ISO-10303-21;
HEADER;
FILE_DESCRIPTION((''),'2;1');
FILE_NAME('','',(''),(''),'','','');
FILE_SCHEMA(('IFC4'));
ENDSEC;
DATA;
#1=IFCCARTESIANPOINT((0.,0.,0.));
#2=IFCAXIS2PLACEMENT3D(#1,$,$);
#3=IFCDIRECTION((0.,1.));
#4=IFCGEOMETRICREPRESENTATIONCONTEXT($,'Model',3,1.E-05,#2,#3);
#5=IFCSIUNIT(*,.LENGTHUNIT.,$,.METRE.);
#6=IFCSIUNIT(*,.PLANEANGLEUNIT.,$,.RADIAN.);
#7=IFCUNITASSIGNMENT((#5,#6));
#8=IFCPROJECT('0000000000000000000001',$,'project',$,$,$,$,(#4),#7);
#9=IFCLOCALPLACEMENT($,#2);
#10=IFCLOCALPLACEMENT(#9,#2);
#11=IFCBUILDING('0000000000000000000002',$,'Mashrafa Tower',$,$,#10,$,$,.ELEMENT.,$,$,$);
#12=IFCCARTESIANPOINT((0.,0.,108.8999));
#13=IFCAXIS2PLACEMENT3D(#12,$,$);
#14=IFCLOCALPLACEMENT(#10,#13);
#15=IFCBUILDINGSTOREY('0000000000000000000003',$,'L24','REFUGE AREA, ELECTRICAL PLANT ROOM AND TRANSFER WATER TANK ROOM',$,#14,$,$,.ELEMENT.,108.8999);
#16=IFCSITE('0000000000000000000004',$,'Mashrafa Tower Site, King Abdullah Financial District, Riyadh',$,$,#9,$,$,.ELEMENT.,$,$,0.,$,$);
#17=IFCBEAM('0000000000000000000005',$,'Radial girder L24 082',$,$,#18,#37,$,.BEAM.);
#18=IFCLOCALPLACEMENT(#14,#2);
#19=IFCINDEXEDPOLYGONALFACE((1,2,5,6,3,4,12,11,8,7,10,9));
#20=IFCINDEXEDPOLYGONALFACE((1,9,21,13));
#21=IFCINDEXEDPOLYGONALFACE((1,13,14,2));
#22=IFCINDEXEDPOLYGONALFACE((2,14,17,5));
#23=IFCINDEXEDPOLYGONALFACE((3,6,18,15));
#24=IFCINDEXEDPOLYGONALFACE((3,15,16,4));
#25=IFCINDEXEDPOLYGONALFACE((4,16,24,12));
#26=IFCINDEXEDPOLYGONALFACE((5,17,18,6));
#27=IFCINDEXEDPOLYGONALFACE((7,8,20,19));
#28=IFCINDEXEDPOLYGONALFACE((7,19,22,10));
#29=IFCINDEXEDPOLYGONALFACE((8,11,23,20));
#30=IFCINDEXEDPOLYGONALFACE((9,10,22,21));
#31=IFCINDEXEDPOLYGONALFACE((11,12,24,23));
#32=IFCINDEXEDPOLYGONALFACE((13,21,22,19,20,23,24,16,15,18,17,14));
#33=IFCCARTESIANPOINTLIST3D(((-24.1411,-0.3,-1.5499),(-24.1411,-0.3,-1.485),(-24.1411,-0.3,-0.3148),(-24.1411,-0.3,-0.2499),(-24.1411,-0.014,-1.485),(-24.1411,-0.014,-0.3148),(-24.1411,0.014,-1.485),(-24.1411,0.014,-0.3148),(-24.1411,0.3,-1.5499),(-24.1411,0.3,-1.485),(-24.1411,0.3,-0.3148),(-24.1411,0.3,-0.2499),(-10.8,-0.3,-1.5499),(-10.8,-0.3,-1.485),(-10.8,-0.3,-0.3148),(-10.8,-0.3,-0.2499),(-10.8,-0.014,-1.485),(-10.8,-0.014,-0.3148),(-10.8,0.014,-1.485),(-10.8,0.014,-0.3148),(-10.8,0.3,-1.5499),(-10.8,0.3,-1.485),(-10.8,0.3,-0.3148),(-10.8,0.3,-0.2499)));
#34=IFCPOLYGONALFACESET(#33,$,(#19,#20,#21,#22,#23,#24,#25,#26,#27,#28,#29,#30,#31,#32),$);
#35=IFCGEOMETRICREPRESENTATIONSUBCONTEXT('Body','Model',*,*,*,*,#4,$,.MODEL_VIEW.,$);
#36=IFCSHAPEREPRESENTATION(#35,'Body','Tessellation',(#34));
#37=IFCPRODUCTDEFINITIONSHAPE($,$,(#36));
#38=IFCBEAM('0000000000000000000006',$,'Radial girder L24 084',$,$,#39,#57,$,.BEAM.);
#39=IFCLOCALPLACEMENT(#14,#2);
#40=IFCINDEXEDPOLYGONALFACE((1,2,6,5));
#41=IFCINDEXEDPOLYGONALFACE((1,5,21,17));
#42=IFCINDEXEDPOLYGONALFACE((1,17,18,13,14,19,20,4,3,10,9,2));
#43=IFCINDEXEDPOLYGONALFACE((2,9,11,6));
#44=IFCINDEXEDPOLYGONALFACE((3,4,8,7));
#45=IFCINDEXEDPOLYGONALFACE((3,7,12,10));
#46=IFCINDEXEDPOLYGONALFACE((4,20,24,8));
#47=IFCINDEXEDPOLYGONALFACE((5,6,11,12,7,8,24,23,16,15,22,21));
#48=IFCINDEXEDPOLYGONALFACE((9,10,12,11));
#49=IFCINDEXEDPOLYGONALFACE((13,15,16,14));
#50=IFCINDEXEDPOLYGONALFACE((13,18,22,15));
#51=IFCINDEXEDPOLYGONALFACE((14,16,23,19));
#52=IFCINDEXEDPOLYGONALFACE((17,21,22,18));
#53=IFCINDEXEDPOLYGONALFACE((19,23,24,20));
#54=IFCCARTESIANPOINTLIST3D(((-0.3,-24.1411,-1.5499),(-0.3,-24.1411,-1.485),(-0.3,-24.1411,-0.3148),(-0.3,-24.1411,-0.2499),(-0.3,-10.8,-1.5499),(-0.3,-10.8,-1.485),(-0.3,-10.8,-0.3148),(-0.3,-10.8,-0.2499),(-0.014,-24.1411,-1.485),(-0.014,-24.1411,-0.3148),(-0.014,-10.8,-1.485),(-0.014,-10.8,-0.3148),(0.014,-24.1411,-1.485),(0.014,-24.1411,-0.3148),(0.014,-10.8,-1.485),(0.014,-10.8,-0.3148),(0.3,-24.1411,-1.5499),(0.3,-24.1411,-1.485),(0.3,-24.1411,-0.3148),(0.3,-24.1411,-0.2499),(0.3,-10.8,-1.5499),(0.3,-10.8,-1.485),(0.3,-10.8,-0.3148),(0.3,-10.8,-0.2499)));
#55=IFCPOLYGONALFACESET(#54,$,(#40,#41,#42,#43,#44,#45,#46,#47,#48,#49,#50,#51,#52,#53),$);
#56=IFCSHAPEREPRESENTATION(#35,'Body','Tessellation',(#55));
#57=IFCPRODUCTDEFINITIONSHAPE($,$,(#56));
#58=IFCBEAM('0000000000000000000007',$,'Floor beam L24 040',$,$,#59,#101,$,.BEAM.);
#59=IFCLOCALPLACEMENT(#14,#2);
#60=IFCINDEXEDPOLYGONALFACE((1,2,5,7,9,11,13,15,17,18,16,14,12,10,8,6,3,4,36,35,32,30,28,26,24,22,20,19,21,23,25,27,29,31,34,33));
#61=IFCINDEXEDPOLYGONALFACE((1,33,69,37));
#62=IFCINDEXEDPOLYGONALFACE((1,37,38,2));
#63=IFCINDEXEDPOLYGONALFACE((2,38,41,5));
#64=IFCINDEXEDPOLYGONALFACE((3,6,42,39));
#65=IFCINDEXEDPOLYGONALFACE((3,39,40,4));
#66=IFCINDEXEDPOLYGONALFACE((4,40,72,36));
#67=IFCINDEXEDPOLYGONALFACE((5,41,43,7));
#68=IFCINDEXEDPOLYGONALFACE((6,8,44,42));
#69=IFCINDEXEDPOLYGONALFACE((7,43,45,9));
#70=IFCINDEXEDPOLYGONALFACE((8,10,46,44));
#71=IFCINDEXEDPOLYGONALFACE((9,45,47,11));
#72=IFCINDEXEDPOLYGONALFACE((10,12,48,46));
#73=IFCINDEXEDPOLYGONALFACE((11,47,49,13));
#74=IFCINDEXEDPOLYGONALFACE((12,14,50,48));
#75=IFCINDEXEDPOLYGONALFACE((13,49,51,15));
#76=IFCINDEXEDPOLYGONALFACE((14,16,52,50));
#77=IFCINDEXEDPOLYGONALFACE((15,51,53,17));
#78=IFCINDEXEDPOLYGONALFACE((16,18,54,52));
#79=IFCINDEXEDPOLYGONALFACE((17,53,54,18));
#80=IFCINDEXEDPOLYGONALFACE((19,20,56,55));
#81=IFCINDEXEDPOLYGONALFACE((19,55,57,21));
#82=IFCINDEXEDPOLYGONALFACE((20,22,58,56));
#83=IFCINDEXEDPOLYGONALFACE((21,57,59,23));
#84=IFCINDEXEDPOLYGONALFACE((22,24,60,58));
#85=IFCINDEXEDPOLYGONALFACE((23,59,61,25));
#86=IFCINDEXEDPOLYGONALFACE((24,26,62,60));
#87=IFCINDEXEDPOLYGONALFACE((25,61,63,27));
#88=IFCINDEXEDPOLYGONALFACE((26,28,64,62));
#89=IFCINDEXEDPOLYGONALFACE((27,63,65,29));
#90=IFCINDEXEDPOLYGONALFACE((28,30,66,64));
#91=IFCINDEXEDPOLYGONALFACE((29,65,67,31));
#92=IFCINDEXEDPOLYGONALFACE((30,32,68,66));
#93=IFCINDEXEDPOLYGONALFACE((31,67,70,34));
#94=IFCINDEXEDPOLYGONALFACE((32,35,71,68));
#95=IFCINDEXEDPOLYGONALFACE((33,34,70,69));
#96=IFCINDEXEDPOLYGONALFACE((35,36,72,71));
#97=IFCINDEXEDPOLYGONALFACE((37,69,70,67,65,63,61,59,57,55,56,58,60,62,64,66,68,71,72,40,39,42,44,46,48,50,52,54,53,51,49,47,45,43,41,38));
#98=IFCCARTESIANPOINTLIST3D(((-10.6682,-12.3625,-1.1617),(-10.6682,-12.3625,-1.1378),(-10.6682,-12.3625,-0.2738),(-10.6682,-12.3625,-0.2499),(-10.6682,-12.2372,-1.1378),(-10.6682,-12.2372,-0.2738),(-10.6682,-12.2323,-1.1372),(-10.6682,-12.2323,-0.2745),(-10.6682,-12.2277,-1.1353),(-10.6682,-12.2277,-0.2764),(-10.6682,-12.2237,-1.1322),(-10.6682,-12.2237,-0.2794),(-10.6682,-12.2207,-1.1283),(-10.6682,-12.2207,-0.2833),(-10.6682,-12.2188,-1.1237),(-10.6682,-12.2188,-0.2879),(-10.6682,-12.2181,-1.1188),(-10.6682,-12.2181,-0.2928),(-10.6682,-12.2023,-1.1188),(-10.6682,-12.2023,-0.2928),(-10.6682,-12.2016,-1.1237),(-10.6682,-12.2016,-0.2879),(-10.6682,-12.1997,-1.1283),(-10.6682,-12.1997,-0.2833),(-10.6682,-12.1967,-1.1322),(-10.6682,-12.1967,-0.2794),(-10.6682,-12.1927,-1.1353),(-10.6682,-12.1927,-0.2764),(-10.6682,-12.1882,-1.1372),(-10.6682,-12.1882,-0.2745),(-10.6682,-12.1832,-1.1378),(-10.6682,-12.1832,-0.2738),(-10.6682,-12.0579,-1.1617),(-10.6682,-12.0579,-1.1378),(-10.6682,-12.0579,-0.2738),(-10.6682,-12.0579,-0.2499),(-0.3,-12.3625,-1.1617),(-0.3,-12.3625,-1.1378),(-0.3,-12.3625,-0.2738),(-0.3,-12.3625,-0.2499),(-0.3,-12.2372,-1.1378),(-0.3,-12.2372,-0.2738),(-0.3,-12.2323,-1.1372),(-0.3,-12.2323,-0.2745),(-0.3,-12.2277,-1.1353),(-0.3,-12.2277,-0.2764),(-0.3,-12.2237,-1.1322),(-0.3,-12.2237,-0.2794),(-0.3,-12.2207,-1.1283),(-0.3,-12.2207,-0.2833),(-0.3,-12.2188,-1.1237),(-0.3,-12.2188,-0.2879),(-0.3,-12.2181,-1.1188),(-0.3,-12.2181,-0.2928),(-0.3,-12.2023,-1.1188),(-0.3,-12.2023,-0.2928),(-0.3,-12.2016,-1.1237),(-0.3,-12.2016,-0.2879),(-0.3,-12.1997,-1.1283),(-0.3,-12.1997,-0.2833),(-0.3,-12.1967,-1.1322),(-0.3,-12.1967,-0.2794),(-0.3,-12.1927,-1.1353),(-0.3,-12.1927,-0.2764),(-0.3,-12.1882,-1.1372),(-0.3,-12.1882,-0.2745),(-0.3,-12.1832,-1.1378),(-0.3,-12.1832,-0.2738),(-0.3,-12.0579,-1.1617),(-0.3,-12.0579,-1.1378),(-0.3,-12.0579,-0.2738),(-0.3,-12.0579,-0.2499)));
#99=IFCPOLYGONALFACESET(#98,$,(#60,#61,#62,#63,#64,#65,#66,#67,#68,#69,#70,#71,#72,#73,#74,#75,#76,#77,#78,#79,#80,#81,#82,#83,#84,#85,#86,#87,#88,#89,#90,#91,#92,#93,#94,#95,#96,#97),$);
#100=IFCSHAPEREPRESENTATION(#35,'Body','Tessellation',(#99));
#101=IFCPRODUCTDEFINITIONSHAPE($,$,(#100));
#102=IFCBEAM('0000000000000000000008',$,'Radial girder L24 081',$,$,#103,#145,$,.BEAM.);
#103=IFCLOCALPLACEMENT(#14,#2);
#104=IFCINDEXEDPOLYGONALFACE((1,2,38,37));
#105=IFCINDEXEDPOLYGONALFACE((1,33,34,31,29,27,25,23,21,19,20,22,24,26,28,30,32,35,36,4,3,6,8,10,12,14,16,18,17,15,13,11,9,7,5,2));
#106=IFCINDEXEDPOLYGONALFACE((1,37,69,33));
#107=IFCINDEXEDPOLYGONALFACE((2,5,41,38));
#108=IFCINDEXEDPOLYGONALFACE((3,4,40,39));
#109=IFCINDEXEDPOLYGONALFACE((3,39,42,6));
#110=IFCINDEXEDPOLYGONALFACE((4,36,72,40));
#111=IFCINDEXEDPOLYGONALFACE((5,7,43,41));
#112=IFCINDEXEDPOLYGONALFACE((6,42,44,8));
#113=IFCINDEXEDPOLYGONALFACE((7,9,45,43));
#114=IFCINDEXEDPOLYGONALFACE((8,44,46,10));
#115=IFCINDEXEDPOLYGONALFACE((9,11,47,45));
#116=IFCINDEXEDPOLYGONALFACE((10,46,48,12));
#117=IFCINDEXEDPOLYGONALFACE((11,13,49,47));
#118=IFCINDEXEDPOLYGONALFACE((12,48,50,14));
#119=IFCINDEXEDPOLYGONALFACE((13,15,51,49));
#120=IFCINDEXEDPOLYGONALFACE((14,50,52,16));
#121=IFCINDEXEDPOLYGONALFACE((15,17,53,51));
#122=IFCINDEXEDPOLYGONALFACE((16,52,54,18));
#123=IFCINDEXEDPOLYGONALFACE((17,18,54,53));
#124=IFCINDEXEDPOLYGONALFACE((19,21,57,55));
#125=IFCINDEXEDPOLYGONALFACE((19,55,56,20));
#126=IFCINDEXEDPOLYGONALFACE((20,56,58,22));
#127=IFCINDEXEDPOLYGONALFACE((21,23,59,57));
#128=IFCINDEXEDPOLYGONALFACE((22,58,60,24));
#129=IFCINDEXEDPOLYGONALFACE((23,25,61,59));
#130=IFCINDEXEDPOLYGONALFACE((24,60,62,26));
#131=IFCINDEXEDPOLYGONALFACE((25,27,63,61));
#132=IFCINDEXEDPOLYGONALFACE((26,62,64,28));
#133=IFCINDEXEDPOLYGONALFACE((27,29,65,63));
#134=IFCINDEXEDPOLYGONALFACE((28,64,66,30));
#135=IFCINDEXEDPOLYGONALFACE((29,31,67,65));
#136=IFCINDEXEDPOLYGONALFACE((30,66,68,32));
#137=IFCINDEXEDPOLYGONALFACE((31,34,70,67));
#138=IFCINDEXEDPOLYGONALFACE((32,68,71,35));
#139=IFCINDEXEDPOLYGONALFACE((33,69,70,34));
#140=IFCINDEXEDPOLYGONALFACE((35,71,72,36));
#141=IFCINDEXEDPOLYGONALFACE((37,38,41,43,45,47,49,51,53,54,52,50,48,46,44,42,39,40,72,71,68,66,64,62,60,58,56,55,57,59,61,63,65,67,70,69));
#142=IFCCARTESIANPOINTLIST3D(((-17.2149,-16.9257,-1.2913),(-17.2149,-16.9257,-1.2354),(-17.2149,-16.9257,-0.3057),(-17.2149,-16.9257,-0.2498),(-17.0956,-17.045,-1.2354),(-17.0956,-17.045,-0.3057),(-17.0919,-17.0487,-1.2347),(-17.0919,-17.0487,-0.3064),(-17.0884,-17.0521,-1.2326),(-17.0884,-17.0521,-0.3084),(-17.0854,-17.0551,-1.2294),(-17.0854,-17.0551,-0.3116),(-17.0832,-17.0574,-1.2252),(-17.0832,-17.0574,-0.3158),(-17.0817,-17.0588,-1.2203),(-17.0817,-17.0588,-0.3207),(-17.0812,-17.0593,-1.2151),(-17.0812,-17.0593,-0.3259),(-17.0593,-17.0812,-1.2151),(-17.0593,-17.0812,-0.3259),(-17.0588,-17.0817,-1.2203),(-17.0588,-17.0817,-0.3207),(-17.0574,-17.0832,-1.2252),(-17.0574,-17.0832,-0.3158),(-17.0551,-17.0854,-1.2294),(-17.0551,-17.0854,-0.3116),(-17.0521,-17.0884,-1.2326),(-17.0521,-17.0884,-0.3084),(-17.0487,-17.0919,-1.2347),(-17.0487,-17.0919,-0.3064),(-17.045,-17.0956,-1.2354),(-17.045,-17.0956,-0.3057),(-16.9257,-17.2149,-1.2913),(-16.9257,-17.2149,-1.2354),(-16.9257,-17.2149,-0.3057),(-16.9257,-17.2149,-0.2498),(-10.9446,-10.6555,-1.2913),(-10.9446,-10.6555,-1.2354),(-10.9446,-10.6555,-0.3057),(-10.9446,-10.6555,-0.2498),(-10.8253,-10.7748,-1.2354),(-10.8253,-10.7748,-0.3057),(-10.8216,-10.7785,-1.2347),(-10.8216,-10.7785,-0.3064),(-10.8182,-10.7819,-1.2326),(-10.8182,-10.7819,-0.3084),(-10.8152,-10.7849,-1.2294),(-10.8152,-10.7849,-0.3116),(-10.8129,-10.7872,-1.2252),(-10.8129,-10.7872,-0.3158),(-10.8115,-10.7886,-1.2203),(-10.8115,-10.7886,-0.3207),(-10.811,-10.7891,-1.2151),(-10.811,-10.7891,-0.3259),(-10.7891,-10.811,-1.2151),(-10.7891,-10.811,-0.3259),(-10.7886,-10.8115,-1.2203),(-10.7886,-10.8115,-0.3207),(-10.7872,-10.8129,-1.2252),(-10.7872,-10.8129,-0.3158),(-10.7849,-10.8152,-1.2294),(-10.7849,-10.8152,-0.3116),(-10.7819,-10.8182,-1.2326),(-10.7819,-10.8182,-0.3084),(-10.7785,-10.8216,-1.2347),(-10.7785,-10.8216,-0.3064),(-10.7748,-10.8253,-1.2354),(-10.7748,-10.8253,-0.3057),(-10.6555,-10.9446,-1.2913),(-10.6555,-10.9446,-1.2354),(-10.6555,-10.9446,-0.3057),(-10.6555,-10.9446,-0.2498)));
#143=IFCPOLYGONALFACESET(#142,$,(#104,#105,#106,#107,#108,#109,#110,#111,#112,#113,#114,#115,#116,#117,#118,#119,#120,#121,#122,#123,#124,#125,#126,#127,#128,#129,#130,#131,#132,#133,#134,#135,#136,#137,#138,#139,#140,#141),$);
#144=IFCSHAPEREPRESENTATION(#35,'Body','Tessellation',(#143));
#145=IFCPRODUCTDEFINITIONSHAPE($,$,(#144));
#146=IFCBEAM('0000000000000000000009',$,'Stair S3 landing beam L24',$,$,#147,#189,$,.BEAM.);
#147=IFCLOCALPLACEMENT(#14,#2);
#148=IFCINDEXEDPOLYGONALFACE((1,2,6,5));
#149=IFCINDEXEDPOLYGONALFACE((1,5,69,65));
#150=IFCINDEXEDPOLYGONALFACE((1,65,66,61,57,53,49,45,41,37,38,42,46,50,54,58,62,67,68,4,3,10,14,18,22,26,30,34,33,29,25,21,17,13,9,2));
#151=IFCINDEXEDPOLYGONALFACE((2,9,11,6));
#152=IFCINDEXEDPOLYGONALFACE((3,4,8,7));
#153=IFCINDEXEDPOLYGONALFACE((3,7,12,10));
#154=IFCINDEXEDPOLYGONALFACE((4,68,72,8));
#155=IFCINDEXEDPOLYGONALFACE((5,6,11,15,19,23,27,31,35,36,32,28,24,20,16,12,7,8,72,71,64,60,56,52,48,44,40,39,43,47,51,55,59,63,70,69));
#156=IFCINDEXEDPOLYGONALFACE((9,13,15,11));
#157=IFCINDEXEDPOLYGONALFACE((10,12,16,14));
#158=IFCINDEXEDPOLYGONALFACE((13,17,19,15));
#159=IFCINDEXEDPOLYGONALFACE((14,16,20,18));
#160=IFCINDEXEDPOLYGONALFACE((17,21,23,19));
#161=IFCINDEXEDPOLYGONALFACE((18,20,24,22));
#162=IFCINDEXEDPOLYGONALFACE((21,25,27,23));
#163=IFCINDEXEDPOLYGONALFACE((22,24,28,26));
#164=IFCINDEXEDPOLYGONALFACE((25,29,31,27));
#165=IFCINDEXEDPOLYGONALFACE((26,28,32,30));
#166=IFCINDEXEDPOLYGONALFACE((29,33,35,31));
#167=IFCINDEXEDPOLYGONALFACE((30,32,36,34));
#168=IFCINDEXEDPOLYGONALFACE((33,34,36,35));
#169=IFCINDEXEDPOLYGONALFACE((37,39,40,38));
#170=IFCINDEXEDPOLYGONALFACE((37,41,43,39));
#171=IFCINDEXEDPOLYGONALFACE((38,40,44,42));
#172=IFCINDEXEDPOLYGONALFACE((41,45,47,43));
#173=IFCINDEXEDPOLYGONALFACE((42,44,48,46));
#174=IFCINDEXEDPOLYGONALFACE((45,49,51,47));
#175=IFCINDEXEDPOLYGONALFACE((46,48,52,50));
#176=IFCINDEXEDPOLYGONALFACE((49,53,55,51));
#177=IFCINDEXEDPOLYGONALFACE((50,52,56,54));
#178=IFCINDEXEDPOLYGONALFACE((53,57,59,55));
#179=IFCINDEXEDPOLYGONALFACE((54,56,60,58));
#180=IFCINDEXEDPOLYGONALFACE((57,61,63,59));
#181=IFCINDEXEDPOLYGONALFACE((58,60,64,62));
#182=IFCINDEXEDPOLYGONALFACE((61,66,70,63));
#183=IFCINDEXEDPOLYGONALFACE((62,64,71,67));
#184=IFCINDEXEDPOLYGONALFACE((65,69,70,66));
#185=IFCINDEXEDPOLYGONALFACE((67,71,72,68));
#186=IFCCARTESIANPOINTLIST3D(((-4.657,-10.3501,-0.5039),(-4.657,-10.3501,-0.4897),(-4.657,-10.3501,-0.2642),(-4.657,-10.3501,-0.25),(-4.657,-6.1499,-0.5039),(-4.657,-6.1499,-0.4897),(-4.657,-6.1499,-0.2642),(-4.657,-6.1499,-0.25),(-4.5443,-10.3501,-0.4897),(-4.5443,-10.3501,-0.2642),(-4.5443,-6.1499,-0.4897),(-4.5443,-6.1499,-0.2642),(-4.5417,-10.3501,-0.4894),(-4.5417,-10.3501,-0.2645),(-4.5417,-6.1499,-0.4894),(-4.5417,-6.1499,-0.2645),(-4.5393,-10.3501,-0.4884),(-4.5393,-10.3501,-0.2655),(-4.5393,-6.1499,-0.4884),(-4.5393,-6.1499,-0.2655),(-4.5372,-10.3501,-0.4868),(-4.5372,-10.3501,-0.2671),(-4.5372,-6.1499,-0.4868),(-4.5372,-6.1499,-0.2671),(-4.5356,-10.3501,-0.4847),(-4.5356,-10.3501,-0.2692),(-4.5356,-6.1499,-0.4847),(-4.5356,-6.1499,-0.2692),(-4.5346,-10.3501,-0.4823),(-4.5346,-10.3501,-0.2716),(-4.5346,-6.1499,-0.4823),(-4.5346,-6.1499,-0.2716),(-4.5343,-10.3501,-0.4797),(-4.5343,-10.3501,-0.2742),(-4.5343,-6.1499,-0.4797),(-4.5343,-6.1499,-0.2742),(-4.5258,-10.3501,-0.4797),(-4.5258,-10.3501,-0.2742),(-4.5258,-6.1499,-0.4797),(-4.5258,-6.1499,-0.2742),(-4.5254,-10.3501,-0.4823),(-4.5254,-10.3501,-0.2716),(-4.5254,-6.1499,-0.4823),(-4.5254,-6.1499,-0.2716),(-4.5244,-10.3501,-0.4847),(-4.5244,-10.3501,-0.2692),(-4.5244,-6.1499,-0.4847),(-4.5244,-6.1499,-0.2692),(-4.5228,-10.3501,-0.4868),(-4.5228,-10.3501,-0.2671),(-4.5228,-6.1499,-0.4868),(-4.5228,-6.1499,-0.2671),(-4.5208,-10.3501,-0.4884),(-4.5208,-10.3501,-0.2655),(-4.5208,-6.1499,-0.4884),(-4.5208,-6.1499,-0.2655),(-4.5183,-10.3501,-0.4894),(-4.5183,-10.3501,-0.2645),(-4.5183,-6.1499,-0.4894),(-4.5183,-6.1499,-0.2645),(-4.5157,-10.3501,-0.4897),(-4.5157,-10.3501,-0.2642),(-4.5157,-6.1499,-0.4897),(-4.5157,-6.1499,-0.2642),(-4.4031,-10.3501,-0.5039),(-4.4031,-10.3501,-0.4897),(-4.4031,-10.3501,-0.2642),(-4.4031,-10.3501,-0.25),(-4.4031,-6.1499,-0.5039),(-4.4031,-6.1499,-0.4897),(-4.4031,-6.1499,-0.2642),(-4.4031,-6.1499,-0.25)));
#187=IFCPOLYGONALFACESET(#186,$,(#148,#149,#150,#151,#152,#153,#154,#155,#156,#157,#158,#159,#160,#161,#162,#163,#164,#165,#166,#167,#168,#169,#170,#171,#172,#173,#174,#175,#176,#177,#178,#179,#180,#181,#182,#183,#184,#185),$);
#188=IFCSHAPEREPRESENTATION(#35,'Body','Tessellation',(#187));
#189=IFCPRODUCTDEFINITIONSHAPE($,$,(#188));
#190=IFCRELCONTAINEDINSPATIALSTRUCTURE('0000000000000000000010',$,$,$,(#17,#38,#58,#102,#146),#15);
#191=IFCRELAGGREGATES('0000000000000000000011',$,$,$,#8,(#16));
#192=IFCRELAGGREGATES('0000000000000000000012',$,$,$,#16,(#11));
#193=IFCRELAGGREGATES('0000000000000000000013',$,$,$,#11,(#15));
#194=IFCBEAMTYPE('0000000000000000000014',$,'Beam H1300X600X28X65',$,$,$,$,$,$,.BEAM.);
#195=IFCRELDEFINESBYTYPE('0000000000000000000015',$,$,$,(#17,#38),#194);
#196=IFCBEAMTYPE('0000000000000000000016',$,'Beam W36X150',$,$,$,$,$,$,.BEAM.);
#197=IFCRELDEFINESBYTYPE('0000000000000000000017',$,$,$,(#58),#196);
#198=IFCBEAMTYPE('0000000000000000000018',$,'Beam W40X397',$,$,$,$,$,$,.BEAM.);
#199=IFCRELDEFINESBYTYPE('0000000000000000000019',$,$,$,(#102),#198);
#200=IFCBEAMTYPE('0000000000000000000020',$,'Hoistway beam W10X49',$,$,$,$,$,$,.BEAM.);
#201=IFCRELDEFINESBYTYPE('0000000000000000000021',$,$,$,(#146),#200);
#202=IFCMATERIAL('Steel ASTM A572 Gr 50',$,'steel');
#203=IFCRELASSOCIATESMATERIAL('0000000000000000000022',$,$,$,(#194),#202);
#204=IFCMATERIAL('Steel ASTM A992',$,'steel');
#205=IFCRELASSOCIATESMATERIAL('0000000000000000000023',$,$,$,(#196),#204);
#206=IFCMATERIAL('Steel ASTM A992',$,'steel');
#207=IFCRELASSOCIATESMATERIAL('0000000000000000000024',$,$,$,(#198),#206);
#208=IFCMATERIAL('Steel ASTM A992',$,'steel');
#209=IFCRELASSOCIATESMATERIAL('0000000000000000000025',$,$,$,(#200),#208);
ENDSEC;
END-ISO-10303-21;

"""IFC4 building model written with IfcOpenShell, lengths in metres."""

from ifc_helpers import new_model, si_unit, direction, frame, origin, origin_2d, place, context, subcontext, project, spatial, i_section, extrude, material, material_profile, profile_set, type_object, element, save


model = new_model("IFC4")

# Units and contexts
model_context = context("Model", 3, precision=1e-05, world=origin(), true_north=direction((0.0, 1.0)))
body_context = subcontext(model_context, "Body", "Model", "MODEL_VIEW")
ifc_project = project(units=[si_unit("LENGTHUNIT", "METRE"), si_unit("PLANEANGLEUNIT", "RADIAN")], contexts=[model_context])

# Site, building, storey
site_placement = place(None, origin())
site = spatial("IfcSite", under=ifc_project, at=site_placement, Name="Mashrafa Tower Site, King Abdullah Financial District, Riyadh", CompositionType="ELEMENT", RefElevation=0.0)
building_placement = place(site_placement, origin())
building = spatial("IfcBuilding", under=site, at=building_placement, Name="Mashrafa Tower", CompositionType="ELEMENT")
storey_placement = place(building_placement, frame((0.0, 0.0, 108.8999)))
storey = spatial("IfcBuildingStorey", under=building, at=storey_placement, Name="L24", Description="REFUGE AREA, ELECTRICAL PLANT ROOM AND TRANSFER WATER TANK ROOM", CompositionType="ELEMENT", Elevation=108.8999)

# Beams
ifc_material_1 = material(Name="Steel ASTM A572 Gr 50", Category="steel")
ifc_material_profile_1 = material_profile(ifc_material_1, i_section(OverallWidth=0.6001, OverallDepth=1.3, WebThickness=0.0281, FlangeThickness=0.0649, at=origin_2d()), Name="H1300X600X28X65")
ifc_profile_set_1 = profile_set([ifc_material_profile_1], Name="Steel ASTM A572 Gr 50")
beam_type_1 = type_object("IfcBeamType", Name="Beam H1300X600X28X65", PredefinedType="BEAM", material=ifc_profile_set_1)
for number, where, z_axis, x_axis, name in (
    (1, (-10.8, 0.0, -0.8999), (-1.0, 0.0, 0.0), (0.0, -1.0, 0.0), "Radial girder L24 082"),
    (2, (0.0, -10.8, -0.8999), (0.0, -1.0, 0.0), (1.0, 0.0, 0.0), "Radial girder L24 084"),
):
    element("IfcBeam", number, at=place(storey_placement, frame(where, z_axis=z_axis, x_axis=x_axis)), inside=storey, type_object=beam_type_1, Name=name, PredefinedType="BEAM", context=body_context, shape_type="SweptSolid", body=[
        extrude(i_section(OverallWidth=0.6001, OverallDepth=1.3, WebThickness=0.0281, FlangeThickness=0.0649, at=origin_2d()), origin(), (0.0, 0.0, 1.0), 13.3411),
    ])
ifc_material_2 = material(Name="Steel ASTM A992", Category="steel")
ifc_material_profile_2 = material_profile(ifc_material_2, i_section(OverallWidth=0.3047, OverallDepth=0.9119, WebThickness=0.0159, FlangeThickness=0.0239, FilletRadius=0.019, at=origin_2d()), Name="W36X150")
ifc_profile_set_2 = profile_set([ifc_material_profile_2], Name="Steel ASTM A992")
beam_type_2 = type_object("IfcBeamType", Name="Beam W36X150", PredefinedType="BEAM", material=ifc_profile_set_2)
beam_1_placement = place(storey_placement, frame((-0.3, -12.2102, -0.7058), z_axis=(-1.0, 0.0, 0.0), x_axis=(0.0, -1.0, 0.0)))
element("IfcBeam", 3, at=beam_1_placement, inside=storey, type_object=beam_type_2, Name="Floor beam L24 040", PredefinedType="BEAM", context=body_context, shape_type="SweptSolid", body=[
    extrude(i_section(OverallWidth=0.3047, OverallDepth=0.9119, WebThickness=0.0159, FlangeThickness=0.0239, FilletRadius=0.019, at=origin_2d()), origin(), (0.0, 0.0, 1.0), 10.3682),
])
ifc_material_3 = material(Name="Steel ASTM A992", Category="steel")
ifc_material_profile_3 = material_profile(ifc_material_3, i_section(OverallWidth=0.4089, OverallDepth=1.0415, WebThickness=0.031, FlangeThickness=0.0559, FilletRadius=0.0203, at=origin_2d()), Name="W40X397")
ifc_profile_set_3 = profile_set([ifc_material_profile_3], Name="Steel ASTM A992")
beam_type_3 = type_object("IfcBeamType", Name="Beam W40X397", PredefinedType="BEAM", material=ifc_profile_set_3)
beam_2_placement = place(storey_placement, frame((-10.8, -10.8, -0.7705), z_axis=(-0.707107, -0.707107, 0.0), x_axis=(0.707107, -0.707107, 0.0)))
element("IfcBeam", 4, at=beam_2_placement, inside=storey, type_object=beam_type_3, Name="Radial girder L24 081", PredefinedType="BEAM", context=body_context, shape_type="SweptSolid", body=[
    extrude(i_section(OverallWidth=0.4089, OverallDepth=1.0415, WebThickness=0.031, FlangeThickness=0.0559, FilletRadius=0.0203, at=origin_2d()), origin(), (0.0, 0.0, 1.0), 8.8674),
])
ifc_material_4 = material(Name="Steel ASTM A992", Category="steel")
ifc_material_profile_4 = material_profile(ifc_material_4, i_section(OverallWidth=0.2539, OverallDepth=0.2539, WebThickness=0.0085, FlangeThickness=0.0142, FilletRadius=0.01, at=origin_2d()), Name="W10X49")
ifc_profile_set_4 = profile_set([ifc_material_profile_4], Name="Steel ASTM A992")
beam_type_4 = type_object("IfcBeamType", Name="Hoistway beam W10X49", PredefinedType="BEAM", material=ifc_profile_set_4)
beam_3_placement = place(storey_placement, frame((-4.53, -10.3501, -0.377), z_axis=(0.0, 1.0, 0.0), x_axis=(-1.0, 0.0, 0.0)))
element("IfcBeam", 5, at=beam_3_placement, inside=storey, type_object=beam_type_4, Name="Stair S3 landing beam L24", PredefinedType="BEAM", context=body_context, shape_type="SweptSolid", body=[
    extrude(i_section(OverallWidth=0.2539, OverallDepth=0.2539, WebThickness=0.0085, FlangeThickness=0.0142, FilletRadius=0.01, at=origin_2d()), origin(), (0.0, 0.0, 1.0), 4.2002),
])

save(model, "model.ifc")
